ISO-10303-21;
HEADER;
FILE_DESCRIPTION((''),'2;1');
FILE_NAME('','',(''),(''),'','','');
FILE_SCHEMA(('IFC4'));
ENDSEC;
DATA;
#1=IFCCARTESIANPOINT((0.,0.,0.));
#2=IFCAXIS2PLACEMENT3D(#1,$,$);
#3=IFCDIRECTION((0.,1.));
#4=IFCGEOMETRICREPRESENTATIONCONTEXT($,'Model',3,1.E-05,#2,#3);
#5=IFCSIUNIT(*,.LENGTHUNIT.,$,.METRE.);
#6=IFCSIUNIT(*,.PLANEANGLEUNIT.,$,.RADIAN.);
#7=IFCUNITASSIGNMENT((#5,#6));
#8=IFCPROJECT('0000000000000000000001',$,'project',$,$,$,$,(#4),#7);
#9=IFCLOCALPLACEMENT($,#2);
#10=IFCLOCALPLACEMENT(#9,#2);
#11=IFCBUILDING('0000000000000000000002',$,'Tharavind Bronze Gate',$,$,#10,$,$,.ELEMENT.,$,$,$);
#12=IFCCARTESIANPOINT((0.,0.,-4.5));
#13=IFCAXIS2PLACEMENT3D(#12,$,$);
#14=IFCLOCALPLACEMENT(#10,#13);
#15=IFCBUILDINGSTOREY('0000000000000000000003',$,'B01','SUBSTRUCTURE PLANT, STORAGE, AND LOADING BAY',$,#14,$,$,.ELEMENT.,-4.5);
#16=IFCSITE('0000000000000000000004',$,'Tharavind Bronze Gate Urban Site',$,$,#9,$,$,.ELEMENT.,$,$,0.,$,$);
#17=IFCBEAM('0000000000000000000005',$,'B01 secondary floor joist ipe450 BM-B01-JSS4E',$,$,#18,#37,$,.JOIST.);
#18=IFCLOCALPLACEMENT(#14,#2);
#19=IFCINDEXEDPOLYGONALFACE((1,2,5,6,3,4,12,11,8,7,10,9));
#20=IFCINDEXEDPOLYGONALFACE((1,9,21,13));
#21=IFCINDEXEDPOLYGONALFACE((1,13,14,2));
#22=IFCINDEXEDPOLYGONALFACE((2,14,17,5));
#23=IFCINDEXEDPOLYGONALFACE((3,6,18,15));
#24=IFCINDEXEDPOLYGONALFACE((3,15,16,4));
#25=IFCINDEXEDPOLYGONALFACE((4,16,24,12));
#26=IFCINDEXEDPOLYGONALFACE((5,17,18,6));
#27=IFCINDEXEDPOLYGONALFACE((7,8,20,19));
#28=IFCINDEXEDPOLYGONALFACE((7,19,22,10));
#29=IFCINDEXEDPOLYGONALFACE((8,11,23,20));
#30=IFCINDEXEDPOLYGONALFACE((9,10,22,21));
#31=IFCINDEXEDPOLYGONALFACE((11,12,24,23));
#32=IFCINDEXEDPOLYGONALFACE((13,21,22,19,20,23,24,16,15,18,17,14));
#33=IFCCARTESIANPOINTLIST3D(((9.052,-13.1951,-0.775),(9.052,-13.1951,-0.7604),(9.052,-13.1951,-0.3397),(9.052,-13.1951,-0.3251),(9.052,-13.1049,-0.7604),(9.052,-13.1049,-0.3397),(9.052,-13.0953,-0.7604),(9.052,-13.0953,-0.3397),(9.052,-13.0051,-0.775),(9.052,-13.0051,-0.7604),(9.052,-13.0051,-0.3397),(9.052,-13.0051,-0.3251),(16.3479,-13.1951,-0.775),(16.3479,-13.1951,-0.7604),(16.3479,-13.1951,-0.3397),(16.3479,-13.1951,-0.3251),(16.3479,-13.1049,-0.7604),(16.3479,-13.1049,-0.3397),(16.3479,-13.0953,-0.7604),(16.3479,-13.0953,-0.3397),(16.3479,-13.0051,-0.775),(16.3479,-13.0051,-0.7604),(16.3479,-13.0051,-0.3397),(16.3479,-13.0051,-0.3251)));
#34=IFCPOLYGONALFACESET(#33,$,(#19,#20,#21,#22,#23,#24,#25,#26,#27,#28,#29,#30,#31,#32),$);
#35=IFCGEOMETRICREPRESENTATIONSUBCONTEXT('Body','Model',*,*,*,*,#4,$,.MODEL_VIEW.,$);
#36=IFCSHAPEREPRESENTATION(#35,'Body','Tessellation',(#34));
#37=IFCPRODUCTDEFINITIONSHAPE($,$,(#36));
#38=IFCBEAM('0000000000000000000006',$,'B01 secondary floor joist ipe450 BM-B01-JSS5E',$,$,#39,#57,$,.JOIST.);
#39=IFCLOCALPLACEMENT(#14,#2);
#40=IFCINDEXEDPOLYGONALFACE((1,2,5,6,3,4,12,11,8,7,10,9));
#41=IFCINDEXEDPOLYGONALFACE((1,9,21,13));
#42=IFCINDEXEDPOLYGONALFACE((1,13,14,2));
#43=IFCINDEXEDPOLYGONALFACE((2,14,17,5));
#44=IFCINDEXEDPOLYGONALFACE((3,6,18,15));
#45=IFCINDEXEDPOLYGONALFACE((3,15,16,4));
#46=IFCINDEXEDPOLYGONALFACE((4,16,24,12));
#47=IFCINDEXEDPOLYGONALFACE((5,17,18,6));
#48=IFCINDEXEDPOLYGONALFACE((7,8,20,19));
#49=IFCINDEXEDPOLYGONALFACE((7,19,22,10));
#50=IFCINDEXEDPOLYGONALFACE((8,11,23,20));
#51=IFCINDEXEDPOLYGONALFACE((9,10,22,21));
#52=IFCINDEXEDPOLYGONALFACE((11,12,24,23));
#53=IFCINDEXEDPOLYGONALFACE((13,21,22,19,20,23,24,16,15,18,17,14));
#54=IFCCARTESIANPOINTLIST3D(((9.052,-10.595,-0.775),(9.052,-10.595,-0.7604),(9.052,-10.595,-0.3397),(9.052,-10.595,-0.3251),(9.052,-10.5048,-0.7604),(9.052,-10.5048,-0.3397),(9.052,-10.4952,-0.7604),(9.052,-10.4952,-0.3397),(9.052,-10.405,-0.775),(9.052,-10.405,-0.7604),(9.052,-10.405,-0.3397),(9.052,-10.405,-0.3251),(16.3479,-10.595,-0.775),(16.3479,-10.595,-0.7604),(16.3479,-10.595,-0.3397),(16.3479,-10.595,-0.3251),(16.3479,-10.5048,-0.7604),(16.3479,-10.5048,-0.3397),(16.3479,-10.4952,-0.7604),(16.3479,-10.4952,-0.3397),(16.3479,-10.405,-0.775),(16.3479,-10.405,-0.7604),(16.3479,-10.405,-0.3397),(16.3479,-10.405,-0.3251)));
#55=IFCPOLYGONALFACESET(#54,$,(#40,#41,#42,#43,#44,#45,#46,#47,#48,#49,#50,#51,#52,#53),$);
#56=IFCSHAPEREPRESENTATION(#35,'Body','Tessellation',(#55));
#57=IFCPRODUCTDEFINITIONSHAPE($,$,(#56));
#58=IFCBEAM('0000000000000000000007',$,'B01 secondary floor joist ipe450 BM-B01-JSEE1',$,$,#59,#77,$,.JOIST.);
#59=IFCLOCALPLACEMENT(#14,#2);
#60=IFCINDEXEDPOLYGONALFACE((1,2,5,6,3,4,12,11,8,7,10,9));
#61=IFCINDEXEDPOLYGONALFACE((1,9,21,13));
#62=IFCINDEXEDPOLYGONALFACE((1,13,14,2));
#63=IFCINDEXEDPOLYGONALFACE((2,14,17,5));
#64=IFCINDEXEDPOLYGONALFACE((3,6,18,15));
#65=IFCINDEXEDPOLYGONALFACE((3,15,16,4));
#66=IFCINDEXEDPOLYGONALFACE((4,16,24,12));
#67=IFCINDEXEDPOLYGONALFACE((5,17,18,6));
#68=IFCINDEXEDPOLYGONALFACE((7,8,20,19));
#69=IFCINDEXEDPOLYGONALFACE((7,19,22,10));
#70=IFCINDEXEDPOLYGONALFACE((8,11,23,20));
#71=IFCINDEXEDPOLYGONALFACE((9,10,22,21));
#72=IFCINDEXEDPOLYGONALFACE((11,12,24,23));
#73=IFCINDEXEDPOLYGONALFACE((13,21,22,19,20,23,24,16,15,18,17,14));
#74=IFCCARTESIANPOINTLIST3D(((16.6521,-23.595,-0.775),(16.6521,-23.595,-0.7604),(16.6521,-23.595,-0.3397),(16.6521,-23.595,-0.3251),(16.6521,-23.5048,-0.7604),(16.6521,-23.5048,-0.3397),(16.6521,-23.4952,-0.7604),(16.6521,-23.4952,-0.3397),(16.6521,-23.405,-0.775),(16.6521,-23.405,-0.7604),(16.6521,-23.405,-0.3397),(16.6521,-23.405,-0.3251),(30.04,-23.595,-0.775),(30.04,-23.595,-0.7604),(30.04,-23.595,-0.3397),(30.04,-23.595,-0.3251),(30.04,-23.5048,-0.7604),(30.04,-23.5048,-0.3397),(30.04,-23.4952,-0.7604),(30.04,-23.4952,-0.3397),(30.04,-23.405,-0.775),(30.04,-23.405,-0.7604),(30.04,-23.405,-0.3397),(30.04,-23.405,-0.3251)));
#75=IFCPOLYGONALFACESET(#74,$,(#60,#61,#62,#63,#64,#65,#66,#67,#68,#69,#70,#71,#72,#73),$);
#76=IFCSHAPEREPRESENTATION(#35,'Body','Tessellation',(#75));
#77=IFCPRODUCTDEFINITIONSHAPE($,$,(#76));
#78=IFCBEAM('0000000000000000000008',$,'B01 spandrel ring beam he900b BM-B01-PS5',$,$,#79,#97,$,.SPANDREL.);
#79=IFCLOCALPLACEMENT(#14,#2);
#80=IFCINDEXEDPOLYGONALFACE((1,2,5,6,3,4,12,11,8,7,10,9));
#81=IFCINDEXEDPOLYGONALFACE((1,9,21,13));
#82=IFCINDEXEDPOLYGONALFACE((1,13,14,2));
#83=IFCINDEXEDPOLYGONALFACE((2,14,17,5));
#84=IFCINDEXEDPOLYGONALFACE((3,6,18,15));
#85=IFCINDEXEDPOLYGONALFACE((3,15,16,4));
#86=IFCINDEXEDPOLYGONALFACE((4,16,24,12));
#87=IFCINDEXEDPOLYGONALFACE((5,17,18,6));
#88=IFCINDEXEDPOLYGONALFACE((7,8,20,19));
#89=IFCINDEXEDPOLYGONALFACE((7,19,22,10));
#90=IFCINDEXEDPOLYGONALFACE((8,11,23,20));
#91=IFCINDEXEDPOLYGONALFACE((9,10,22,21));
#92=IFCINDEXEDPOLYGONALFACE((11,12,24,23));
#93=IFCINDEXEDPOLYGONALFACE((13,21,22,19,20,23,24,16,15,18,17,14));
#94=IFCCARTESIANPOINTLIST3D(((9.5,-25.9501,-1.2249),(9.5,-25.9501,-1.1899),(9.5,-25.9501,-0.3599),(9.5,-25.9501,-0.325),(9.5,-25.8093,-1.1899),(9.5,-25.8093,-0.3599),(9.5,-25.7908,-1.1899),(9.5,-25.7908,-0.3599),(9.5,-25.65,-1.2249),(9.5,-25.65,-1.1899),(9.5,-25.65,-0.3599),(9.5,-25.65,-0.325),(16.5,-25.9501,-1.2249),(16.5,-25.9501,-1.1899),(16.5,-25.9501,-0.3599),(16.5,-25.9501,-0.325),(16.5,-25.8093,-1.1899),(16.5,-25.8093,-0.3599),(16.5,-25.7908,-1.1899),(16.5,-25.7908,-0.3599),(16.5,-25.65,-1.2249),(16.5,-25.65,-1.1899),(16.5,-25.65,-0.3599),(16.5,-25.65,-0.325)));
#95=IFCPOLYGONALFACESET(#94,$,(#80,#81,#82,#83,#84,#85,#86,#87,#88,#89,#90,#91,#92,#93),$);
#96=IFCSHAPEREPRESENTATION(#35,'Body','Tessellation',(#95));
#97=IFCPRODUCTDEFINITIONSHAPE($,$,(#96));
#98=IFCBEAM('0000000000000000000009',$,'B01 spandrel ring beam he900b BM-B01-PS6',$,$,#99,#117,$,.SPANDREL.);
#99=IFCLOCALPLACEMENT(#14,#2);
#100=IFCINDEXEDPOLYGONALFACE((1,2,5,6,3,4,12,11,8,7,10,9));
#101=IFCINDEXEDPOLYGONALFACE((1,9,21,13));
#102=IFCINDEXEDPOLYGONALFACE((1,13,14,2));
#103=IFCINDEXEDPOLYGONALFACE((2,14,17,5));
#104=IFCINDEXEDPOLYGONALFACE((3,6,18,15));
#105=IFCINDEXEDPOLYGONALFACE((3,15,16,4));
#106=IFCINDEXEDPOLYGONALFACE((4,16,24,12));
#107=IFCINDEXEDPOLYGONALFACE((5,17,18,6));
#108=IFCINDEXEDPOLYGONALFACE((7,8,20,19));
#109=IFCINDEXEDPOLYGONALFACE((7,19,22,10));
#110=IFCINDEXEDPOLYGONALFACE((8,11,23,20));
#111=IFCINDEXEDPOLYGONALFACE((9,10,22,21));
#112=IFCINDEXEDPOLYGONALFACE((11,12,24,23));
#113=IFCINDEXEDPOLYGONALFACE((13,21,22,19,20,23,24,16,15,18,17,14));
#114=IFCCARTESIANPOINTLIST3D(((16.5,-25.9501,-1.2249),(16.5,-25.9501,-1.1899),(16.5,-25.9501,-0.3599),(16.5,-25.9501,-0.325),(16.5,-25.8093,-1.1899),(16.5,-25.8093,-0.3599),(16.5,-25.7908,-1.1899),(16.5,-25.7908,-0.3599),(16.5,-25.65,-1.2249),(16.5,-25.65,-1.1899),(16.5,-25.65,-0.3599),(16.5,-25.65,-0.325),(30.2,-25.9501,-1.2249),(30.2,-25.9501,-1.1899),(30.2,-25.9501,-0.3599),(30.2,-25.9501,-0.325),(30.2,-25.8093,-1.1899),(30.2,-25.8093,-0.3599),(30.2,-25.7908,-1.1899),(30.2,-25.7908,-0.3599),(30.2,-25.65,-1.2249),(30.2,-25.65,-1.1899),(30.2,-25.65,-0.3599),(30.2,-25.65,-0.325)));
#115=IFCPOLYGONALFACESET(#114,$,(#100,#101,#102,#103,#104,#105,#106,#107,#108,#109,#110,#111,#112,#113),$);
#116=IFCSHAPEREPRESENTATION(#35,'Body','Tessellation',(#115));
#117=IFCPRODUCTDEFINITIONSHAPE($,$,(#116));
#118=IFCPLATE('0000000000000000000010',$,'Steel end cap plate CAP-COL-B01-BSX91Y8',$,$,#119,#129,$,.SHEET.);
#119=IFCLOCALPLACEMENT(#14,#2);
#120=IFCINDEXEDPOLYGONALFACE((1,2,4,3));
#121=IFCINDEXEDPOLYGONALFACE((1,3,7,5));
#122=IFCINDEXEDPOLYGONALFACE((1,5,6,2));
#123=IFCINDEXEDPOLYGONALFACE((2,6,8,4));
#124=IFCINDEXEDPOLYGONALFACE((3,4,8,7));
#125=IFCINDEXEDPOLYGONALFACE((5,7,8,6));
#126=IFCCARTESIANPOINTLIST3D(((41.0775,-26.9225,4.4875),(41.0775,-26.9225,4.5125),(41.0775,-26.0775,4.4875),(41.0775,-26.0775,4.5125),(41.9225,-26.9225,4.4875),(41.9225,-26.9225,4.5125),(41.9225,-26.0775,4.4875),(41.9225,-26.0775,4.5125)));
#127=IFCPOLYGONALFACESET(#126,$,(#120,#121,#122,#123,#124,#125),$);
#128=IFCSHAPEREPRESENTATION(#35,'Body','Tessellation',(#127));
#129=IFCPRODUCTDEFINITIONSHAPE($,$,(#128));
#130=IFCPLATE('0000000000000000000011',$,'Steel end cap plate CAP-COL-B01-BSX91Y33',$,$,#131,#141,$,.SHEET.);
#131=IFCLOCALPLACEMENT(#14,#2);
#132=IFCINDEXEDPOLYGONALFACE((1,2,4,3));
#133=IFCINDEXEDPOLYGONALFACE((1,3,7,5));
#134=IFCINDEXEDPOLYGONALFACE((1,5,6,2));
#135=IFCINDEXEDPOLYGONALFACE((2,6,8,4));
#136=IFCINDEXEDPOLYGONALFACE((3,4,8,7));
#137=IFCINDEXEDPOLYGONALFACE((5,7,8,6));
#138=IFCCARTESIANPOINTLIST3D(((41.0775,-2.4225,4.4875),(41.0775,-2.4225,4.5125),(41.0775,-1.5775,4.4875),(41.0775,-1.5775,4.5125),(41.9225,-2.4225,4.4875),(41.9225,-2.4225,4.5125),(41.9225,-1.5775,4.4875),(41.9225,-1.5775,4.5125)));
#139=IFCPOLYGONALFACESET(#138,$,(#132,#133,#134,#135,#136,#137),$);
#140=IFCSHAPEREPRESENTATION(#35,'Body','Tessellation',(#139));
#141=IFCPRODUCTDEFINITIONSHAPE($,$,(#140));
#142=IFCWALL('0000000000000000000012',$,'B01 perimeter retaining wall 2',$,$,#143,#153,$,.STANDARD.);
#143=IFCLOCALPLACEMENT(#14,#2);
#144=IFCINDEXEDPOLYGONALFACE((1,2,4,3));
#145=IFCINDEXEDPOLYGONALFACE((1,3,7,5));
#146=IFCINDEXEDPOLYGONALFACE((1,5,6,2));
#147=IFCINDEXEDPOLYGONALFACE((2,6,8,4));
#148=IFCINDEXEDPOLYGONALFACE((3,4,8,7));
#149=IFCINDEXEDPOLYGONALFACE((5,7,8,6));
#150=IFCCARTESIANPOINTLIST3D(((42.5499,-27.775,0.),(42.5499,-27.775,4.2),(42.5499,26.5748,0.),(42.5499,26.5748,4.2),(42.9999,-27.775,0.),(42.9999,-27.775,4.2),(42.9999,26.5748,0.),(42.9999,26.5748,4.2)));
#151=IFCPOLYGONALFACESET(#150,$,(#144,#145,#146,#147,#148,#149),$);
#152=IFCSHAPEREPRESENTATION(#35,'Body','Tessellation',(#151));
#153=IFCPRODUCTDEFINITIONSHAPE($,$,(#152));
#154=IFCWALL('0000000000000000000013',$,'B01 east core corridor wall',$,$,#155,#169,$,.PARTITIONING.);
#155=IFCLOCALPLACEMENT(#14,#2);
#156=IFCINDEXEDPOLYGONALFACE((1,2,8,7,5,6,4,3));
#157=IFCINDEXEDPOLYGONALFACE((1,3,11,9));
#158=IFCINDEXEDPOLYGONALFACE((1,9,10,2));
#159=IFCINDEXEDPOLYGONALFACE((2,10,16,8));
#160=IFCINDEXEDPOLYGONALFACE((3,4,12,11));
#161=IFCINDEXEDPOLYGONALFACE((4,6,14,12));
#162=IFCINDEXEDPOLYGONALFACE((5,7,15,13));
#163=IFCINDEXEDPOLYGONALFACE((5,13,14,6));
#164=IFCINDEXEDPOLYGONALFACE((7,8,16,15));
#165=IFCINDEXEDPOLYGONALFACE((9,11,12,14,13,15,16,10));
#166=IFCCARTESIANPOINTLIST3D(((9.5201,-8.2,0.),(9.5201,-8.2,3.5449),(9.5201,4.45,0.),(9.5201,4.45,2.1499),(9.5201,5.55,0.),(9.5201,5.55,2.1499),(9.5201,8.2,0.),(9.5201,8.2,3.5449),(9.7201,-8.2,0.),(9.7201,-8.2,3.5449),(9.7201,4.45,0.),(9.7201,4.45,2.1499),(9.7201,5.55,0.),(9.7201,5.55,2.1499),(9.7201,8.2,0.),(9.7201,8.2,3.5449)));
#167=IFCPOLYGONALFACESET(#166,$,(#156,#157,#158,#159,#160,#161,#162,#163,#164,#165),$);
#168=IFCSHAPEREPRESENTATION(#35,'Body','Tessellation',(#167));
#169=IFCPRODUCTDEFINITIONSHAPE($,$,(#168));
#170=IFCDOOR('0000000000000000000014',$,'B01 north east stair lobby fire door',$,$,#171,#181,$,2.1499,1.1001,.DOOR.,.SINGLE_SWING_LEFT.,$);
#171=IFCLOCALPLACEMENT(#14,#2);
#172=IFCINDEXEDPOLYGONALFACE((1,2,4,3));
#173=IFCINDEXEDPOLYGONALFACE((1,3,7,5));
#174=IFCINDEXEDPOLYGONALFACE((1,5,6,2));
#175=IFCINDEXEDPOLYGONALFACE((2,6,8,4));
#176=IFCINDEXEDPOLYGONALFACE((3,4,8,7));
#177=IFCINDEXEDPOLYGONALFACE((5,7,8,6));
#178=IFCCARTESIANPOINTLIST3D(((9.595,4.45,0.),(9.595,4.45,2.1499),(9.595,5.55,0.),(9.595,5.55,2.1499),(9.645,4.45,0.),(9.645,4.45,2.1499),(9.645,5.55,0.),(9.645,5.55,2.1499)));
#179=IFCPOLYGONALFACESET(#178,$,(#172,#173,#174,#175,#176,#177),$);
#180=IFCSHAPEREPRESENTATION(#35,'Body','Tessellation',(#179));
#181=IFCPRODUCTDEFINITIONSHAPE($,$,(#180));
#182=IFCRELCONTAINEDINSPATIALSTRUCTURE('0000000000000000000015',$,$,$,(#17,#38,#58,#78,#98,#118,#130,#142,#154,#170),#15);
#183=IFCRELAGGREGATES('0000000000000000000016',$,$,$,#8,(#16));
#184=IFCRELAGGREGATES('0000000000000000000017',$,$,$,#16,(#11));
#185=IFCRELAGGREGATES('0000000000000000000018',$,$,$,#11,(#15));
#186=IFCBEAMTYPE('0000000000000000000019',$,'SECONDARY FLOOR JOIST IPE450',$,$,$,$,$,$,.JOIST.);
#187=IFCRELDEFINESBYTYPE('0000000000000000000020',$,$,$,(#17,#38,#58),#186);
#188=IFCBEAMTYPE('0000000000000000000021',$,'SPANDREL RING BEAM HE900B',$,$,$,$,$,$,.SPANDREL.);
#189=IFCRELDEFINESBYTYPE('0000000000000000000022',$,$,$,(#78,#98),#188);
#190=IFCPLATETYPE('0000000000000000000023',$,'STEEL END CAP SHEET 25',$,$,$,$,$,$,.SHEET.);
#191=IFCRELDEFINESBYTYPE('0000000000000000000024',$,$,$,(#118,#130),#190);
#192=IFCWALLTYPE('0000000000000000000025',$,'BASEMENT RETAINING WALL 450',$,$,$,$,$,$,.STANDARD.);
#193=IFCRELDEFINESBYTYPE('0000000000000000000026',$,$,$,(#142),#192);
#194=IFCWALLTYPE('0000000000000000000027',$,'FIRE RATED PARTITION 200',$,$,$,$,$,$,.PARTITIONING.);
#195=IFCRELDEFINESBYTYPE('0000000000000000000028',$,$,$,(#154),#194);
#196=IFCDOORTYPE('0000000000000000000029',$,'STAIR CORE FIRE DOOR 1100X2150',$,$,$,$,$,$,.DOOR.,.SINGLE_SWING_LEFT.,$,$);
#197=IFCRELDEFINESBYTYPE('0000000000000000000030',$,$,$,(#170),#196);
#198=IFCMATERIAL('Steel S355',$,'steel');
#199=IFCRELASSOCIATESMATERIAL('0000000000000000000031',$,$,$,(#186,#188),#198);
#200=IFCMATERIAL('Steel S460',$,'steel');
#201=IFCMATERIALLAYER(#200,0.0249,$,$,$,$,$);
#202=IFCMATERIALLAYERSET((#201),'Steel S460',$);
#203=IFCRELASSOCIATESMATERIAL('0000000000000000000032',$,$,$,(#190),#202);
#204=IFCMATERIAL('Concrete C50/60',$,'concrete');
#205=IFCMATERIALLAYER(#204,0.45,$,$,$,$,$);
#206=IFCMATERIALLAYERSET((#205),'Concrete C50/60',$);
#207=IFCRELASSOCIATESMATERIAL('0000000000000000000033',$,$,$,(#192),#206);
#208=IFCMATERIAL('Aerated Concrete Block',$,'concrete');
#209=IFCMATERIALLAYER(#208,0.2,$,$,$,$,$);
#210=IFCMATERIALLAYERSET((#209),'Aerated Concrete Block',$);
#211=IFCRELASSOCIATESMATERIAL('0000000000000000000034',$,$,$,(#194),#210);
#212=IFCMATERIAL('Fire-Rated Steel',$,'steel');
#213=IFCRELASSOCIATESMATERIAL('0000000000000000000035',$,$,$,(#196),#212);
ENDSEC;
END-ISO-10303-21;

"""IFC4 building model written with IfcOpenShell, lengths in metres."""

from ifc_helpers import new_model, si_unit, direction, frame, frame_2d, origin, origin_2d, place, context, subcontext, project, spatial, rectangle, i_section, extrude, material, layer, layer_set, material_profile, profile_set, type_object, element, fill, save


model = new_model("IFC4")

# Units and contexts
model_context = context("Model", 3, precision=1e-05, world=origin(), true_north=direction((0.0, 1.0)))
body_context = subcontext(model_context, "Body", "Model", "MODEL_VIEW")
ifc_project = project(units=[si_unit("LENGTHUNIT", "METRE"), si_unit("PLANEANGLEUNIT", "RADIAN")], contexts=[model_context])

# Site, building, storey
site_placement = place(None, origin())
site = spatial("IfcSite", under=ifc_project, at=site_placement, Name="Tharavind Bronze Gate Urban Site", CompositionType="ELEMENT", RefElevation=0.0)
building_placement = place(site_placement, origin())
building = spatial("IfcBuilding", under=site, at=building_placement, Name="Tharavind Bronze Gate", CompositionType="ELEMENT")
storey_placement = place(building_placement, frame((0.0, 0.0, -4.5)))
storey = spatial("IfcBuildingStorey", under=building, at=storey_placement, Name="B01", Description="SUBSTRUCTURE PLANT, STORAGE, AND LOADING BAY", CompositionType="ELEMENT", Elevation=-4.5)

# Shared definitions
ifc_material_1 = material(Name="Steel S460", Category="steel")

# Beams
ifc_material_2 = material(Name="Concrete C50/60", Category="concrete")
ifc_material_3 = material(Name="Steel S355", Category="steel")
ifc_material_profile_1 = material_profile(ifc_material_3, i_section(OverallWidth=0.1899, OverallDepth=0.45, WebThickness=0.0095, FlangeThickness=0.0146, at=origin_2d()), Name="IPE450")
ifc_profile_set_1 = profile_set([ifc_material_profile_1], Name="Steel S355")
beam_type_1 = type_object("IfcBeamType", Name="SECONDARY FLOOR JOIST IPE450", PredefinedType="JOIST", material=ifc_profile_set_1)
for number, where, z_axis, x_axis, name in (
    (1, (9.052, -13.1001, -0.55), (1.0, 0.0, 0.0), (0.0, 1.0, 0.0), "B01 secondary floor joist ipe450 BM-B01-JSS4E"),
    (2, (9.052, -10.5, -0.55), (1.0, 0.0, 0.0), (0.0, 1.0, 0.0), "B01 secondary floor joist ipe450 BM-B01-JSS5E"),
):
    element("IfcBeam", number, at=place(storey_placement, frame(where, z_axis=z_axis, x_axis=x_axis)), inside=storey, type_object=beam_type_1, Name=name, PredefinedType="JOIST", context=body_context, shape_type="SweptSolid", body=[
        extrude(i_section(OverallWidth=0.1899, OverallDepth=0.45, WebThickness=0.0095, FlangeThickness=0.0146, at=origin_2d()), origin(), (0.0, 0.0, 1.0), 7.2959),
    ])
beam_1_placement = place(storey_placement, frame((16.6521, -23.5, -0.55), z_axis=(1.0, 0.0, 0.0), x_axis=(0.0, 1.0, 0.0)))
element("IfcBeam", 3, at=beam_1_placement, inside=storey, type_object=beam_type_1, Name="B01 secondary floor joist ipe450 BM-B01-JSEE1", PredefinedType="JOIST", context=body_context, shape_type="SweptSolid", body=[
    extrude(i_section(OverallWidth=0.1899, OverallDepth=0.45, WebThickness=0.0095, FlangeThickness=0.0146, at=origin_2d()), origin(), (0.0, 0.0, 1.0), 13.3879),
])
ifc_material_profile_2 = material_profile(ifc_material_3, i_section(OverallWidth=0.3, OverallDepth=0.8999, WebThickness=0.0186, FlangeThickness=0.0349, at=origin_2d()), Name="HE900B")
ifc_profile_set_2 = profile_set([ifc_material_profile_2], Name="Steel S355")
beam_type_2 = type_object("IfcBeamType", Name="SPANDREL RING BEAM HE900B", PredefinedType="SPANDREL", material=ifc_profile_set_2)
beam_2_placement = place(storey_placement, frame((9.5, -25.8, -0.7749), z_axis=(1.0, 0.0, 0.0), x_axis=(0.0, 1.0, 0.0)))
element("IfcBeam", 4, at=beam_2_placement, inside=storey, type_object=beam_type_2, Name="B01 spandrel ring beam he900b BM-B01-PS5", PredefinedType="SPANDREL", context=body_context, shape_type="SweptSolid", body=[
    extrude(i_section(OverallWidth=0.3, OverallDepth=0.8999, WebThickness=0.0186, FlangeThickness=0.0349, at=origin_2d()), origin(), (0.0, 0.0, 1.0), 7.0),
])
beam_3_placement = place(storey_placement, frame((16.5, -25.8, -0.7749), z_axis=(1.0, 0.0, 0.0), x_axis=(0.0, 1.0, 0.0)))
element("IfcBeam", 5, at=beam_3_placement, inside=storey, type_object=beam_type_2, Name="B01 spandrel ring beam he900b BM-B01-PS6", PredefinedType="SPANDREL", context=body_context, shape_type="SweptSolid", body=[
    extrude(i_section(OverallWidth=0.3, OverallDepth=0.8999, WebThickness=0.0186, FlangeThickness=0.0349, at=origin_2d()), origin(), (0.0, 0.0, 1.0), 13.7),
])

# Plates
ifc_layer_1 = layer(ifc_material_1, 0.0249)
ifc_layer_set_1 = layer_set([ifc_layer_1], Name="Steel S460")
plate_type = type_object("IfcPlateType", Name="STEEL END CAP SHEET 25", PredefinedType="SHEET", material=ifc_layer_set_1)
for number, where, z_axis, x_axis, name in (
    (6, (41.5, -26.5, 4.4875), (0.0, 0.0, 1.0), (1.0, 0.0, 0.0), "Steel end cap plate CAP-COL-B01-BSX91Y8"),
    (7, (41.5, -2.0, 4.4875), (0.0, 0.0, 1.0), (1.0, 0.0, 0.0), "Steel end cap plate CAP-COL-B01-BSX91Y33"),
):
    element("IfcPlate", number, at=place(storey_placement, frame(where, z_axis=z_axis, x_axis=x_axis)), inside=storey, type_object=plate_type, Name=name, PredefinedType="SHEET", context=body_context, shape_type="SweptSolid", body=[
        extrude(rectangle(XDim=0.845, YDim=0.845, at=origin_2d()), origin(), (0.0, 0.0, 1.0), 0.0249),
    ])

# Wall
ifc_layer_2 = layer(ifc_material_2, 0.45)
ifc_layer_set_2 = layer_set([ifc_layer_2], Name="Concrete C50/60")
wall_type_1 = type_object("IfcWallType", Name="BASEMENT RETAINING WALL 450", PredefinedType="STANDARD", material=ifc_layer_set_2)
wall_1_placement = place(storey_placement, frame((42.7749, -27.7749, 0.0), z_axis=(0.0, 0.0, 1.0), x_axis=(0.0, 1.0, 0.0)))
element("IfcWall", 8, at=wall_1_placement, inside=storey, type_object=wall_type_1, Name="B01 perimeter retaining wall 2", PredefinedType="STANDARD", context=body_context, shape_type="SweptSolid", body=[
    extrude(rectangle(XDim=54.3499, YDim=0.45, at=frame_2d((27.1748, 0.0))), origin(), (0.0, 0.0, 1.0), 4.2),
])

# Wall, opening, door
ifc_material_4 = material(Name="Aerated Concrete Block", Category="concrete")
ifc_layer_3 = layer(ifc_material_4, 0.2)
ifc_layer_set_3 = layer_set([ifc_layer_3], Name="Aerated Concrete Block")
wall_type_2 = type_object("IfcWallType", Name="FIRE RATED PARTITION 200", PredefinedType="PARTITIONING", material=ifc_layer_set_3)
wall_2_placement = place(storey_placement, frame((9.6201, -8.2, 0.0), z_axis=(0.0, 0.0, 1.0), x_axis=(0.0, 1.0, 0.0)))
wall_2 = element("IfcWall", 9, at=wall_2_placement, inside=storey, type_object=wall_type_2, Name="B01 east core corridor wall", PredefinedType="PARTITIONING", context=body_context, shape_type="SweptSolid", body=[
    extrude(rectangle(XDim=16.3999, YDim=0.2, at=frame_2d((8.2, 0.0))), origin(), (0.0, 0.0, 1.0), 3.5449),
])
opening_1_placement = place(wall_2_placement, frame((12.6499, 0.0, 0.0)))
opening_1 = element("IfcOpeningElement", 10, at=opening_1_placement, cuts=wall_2, PredefinedType="OPENING", context=body_context, shape_type="SweptSolid", body=[
    extrude(rectangle(XDim=1.1001, YDim=2.1499, at=frame_2d((0.55, 1.075))), frame((0.0, 0.1101, 0.0), z_axis=(0.0, -1.0, 0.0), x_axis=(1.0, 0.0, 0.0)), (0.0, 0.0, 1.0), 0.22),
])
ifc_material_5 = material(Name="Fire-Rated Steel", Category="steel")
door_type_1 = type_object("IfcDoorType", Name="STAIR CORE FIRE DOOR 1100X2150", OperationType="SINGLE_SWING_LEFT", PredefinedType="DOOR", material=ifc_material_5)
door_1_placement = place(opening_1_placement, frame((1.1001, 0.0, 0.0), z_axis=(0.0, 0.0, 1.0), x_axis=(-1.0, 0.0, 0.0)))
door_1 = element("IfcDoor", 11, at=door_1_placement, inside=storey, type_object=door_type_1, Name="B01 north east stair lobby fire door", OperationType="SINGLE_SWING_LEFT", OverallHeight=2.1499, OverallWidth=1.1001, PredefinedType="DOOR", context=body_context, shape_type="SweptSolid", body=[
    extrude(rectangle(XDim=1.1001, YDim=2.1499, at=frame_2d((0.55, 1.075))), frame((0.0, 0.0249, 0.0), z_axis=(0.0, -1.0, 0.0), x_axis=(1.0, 0.0, 0.0)), (0.0, 0.0, 1.0), 0.05),
])
fill(opening_1, door_1)

save(model, "model.ifc")
